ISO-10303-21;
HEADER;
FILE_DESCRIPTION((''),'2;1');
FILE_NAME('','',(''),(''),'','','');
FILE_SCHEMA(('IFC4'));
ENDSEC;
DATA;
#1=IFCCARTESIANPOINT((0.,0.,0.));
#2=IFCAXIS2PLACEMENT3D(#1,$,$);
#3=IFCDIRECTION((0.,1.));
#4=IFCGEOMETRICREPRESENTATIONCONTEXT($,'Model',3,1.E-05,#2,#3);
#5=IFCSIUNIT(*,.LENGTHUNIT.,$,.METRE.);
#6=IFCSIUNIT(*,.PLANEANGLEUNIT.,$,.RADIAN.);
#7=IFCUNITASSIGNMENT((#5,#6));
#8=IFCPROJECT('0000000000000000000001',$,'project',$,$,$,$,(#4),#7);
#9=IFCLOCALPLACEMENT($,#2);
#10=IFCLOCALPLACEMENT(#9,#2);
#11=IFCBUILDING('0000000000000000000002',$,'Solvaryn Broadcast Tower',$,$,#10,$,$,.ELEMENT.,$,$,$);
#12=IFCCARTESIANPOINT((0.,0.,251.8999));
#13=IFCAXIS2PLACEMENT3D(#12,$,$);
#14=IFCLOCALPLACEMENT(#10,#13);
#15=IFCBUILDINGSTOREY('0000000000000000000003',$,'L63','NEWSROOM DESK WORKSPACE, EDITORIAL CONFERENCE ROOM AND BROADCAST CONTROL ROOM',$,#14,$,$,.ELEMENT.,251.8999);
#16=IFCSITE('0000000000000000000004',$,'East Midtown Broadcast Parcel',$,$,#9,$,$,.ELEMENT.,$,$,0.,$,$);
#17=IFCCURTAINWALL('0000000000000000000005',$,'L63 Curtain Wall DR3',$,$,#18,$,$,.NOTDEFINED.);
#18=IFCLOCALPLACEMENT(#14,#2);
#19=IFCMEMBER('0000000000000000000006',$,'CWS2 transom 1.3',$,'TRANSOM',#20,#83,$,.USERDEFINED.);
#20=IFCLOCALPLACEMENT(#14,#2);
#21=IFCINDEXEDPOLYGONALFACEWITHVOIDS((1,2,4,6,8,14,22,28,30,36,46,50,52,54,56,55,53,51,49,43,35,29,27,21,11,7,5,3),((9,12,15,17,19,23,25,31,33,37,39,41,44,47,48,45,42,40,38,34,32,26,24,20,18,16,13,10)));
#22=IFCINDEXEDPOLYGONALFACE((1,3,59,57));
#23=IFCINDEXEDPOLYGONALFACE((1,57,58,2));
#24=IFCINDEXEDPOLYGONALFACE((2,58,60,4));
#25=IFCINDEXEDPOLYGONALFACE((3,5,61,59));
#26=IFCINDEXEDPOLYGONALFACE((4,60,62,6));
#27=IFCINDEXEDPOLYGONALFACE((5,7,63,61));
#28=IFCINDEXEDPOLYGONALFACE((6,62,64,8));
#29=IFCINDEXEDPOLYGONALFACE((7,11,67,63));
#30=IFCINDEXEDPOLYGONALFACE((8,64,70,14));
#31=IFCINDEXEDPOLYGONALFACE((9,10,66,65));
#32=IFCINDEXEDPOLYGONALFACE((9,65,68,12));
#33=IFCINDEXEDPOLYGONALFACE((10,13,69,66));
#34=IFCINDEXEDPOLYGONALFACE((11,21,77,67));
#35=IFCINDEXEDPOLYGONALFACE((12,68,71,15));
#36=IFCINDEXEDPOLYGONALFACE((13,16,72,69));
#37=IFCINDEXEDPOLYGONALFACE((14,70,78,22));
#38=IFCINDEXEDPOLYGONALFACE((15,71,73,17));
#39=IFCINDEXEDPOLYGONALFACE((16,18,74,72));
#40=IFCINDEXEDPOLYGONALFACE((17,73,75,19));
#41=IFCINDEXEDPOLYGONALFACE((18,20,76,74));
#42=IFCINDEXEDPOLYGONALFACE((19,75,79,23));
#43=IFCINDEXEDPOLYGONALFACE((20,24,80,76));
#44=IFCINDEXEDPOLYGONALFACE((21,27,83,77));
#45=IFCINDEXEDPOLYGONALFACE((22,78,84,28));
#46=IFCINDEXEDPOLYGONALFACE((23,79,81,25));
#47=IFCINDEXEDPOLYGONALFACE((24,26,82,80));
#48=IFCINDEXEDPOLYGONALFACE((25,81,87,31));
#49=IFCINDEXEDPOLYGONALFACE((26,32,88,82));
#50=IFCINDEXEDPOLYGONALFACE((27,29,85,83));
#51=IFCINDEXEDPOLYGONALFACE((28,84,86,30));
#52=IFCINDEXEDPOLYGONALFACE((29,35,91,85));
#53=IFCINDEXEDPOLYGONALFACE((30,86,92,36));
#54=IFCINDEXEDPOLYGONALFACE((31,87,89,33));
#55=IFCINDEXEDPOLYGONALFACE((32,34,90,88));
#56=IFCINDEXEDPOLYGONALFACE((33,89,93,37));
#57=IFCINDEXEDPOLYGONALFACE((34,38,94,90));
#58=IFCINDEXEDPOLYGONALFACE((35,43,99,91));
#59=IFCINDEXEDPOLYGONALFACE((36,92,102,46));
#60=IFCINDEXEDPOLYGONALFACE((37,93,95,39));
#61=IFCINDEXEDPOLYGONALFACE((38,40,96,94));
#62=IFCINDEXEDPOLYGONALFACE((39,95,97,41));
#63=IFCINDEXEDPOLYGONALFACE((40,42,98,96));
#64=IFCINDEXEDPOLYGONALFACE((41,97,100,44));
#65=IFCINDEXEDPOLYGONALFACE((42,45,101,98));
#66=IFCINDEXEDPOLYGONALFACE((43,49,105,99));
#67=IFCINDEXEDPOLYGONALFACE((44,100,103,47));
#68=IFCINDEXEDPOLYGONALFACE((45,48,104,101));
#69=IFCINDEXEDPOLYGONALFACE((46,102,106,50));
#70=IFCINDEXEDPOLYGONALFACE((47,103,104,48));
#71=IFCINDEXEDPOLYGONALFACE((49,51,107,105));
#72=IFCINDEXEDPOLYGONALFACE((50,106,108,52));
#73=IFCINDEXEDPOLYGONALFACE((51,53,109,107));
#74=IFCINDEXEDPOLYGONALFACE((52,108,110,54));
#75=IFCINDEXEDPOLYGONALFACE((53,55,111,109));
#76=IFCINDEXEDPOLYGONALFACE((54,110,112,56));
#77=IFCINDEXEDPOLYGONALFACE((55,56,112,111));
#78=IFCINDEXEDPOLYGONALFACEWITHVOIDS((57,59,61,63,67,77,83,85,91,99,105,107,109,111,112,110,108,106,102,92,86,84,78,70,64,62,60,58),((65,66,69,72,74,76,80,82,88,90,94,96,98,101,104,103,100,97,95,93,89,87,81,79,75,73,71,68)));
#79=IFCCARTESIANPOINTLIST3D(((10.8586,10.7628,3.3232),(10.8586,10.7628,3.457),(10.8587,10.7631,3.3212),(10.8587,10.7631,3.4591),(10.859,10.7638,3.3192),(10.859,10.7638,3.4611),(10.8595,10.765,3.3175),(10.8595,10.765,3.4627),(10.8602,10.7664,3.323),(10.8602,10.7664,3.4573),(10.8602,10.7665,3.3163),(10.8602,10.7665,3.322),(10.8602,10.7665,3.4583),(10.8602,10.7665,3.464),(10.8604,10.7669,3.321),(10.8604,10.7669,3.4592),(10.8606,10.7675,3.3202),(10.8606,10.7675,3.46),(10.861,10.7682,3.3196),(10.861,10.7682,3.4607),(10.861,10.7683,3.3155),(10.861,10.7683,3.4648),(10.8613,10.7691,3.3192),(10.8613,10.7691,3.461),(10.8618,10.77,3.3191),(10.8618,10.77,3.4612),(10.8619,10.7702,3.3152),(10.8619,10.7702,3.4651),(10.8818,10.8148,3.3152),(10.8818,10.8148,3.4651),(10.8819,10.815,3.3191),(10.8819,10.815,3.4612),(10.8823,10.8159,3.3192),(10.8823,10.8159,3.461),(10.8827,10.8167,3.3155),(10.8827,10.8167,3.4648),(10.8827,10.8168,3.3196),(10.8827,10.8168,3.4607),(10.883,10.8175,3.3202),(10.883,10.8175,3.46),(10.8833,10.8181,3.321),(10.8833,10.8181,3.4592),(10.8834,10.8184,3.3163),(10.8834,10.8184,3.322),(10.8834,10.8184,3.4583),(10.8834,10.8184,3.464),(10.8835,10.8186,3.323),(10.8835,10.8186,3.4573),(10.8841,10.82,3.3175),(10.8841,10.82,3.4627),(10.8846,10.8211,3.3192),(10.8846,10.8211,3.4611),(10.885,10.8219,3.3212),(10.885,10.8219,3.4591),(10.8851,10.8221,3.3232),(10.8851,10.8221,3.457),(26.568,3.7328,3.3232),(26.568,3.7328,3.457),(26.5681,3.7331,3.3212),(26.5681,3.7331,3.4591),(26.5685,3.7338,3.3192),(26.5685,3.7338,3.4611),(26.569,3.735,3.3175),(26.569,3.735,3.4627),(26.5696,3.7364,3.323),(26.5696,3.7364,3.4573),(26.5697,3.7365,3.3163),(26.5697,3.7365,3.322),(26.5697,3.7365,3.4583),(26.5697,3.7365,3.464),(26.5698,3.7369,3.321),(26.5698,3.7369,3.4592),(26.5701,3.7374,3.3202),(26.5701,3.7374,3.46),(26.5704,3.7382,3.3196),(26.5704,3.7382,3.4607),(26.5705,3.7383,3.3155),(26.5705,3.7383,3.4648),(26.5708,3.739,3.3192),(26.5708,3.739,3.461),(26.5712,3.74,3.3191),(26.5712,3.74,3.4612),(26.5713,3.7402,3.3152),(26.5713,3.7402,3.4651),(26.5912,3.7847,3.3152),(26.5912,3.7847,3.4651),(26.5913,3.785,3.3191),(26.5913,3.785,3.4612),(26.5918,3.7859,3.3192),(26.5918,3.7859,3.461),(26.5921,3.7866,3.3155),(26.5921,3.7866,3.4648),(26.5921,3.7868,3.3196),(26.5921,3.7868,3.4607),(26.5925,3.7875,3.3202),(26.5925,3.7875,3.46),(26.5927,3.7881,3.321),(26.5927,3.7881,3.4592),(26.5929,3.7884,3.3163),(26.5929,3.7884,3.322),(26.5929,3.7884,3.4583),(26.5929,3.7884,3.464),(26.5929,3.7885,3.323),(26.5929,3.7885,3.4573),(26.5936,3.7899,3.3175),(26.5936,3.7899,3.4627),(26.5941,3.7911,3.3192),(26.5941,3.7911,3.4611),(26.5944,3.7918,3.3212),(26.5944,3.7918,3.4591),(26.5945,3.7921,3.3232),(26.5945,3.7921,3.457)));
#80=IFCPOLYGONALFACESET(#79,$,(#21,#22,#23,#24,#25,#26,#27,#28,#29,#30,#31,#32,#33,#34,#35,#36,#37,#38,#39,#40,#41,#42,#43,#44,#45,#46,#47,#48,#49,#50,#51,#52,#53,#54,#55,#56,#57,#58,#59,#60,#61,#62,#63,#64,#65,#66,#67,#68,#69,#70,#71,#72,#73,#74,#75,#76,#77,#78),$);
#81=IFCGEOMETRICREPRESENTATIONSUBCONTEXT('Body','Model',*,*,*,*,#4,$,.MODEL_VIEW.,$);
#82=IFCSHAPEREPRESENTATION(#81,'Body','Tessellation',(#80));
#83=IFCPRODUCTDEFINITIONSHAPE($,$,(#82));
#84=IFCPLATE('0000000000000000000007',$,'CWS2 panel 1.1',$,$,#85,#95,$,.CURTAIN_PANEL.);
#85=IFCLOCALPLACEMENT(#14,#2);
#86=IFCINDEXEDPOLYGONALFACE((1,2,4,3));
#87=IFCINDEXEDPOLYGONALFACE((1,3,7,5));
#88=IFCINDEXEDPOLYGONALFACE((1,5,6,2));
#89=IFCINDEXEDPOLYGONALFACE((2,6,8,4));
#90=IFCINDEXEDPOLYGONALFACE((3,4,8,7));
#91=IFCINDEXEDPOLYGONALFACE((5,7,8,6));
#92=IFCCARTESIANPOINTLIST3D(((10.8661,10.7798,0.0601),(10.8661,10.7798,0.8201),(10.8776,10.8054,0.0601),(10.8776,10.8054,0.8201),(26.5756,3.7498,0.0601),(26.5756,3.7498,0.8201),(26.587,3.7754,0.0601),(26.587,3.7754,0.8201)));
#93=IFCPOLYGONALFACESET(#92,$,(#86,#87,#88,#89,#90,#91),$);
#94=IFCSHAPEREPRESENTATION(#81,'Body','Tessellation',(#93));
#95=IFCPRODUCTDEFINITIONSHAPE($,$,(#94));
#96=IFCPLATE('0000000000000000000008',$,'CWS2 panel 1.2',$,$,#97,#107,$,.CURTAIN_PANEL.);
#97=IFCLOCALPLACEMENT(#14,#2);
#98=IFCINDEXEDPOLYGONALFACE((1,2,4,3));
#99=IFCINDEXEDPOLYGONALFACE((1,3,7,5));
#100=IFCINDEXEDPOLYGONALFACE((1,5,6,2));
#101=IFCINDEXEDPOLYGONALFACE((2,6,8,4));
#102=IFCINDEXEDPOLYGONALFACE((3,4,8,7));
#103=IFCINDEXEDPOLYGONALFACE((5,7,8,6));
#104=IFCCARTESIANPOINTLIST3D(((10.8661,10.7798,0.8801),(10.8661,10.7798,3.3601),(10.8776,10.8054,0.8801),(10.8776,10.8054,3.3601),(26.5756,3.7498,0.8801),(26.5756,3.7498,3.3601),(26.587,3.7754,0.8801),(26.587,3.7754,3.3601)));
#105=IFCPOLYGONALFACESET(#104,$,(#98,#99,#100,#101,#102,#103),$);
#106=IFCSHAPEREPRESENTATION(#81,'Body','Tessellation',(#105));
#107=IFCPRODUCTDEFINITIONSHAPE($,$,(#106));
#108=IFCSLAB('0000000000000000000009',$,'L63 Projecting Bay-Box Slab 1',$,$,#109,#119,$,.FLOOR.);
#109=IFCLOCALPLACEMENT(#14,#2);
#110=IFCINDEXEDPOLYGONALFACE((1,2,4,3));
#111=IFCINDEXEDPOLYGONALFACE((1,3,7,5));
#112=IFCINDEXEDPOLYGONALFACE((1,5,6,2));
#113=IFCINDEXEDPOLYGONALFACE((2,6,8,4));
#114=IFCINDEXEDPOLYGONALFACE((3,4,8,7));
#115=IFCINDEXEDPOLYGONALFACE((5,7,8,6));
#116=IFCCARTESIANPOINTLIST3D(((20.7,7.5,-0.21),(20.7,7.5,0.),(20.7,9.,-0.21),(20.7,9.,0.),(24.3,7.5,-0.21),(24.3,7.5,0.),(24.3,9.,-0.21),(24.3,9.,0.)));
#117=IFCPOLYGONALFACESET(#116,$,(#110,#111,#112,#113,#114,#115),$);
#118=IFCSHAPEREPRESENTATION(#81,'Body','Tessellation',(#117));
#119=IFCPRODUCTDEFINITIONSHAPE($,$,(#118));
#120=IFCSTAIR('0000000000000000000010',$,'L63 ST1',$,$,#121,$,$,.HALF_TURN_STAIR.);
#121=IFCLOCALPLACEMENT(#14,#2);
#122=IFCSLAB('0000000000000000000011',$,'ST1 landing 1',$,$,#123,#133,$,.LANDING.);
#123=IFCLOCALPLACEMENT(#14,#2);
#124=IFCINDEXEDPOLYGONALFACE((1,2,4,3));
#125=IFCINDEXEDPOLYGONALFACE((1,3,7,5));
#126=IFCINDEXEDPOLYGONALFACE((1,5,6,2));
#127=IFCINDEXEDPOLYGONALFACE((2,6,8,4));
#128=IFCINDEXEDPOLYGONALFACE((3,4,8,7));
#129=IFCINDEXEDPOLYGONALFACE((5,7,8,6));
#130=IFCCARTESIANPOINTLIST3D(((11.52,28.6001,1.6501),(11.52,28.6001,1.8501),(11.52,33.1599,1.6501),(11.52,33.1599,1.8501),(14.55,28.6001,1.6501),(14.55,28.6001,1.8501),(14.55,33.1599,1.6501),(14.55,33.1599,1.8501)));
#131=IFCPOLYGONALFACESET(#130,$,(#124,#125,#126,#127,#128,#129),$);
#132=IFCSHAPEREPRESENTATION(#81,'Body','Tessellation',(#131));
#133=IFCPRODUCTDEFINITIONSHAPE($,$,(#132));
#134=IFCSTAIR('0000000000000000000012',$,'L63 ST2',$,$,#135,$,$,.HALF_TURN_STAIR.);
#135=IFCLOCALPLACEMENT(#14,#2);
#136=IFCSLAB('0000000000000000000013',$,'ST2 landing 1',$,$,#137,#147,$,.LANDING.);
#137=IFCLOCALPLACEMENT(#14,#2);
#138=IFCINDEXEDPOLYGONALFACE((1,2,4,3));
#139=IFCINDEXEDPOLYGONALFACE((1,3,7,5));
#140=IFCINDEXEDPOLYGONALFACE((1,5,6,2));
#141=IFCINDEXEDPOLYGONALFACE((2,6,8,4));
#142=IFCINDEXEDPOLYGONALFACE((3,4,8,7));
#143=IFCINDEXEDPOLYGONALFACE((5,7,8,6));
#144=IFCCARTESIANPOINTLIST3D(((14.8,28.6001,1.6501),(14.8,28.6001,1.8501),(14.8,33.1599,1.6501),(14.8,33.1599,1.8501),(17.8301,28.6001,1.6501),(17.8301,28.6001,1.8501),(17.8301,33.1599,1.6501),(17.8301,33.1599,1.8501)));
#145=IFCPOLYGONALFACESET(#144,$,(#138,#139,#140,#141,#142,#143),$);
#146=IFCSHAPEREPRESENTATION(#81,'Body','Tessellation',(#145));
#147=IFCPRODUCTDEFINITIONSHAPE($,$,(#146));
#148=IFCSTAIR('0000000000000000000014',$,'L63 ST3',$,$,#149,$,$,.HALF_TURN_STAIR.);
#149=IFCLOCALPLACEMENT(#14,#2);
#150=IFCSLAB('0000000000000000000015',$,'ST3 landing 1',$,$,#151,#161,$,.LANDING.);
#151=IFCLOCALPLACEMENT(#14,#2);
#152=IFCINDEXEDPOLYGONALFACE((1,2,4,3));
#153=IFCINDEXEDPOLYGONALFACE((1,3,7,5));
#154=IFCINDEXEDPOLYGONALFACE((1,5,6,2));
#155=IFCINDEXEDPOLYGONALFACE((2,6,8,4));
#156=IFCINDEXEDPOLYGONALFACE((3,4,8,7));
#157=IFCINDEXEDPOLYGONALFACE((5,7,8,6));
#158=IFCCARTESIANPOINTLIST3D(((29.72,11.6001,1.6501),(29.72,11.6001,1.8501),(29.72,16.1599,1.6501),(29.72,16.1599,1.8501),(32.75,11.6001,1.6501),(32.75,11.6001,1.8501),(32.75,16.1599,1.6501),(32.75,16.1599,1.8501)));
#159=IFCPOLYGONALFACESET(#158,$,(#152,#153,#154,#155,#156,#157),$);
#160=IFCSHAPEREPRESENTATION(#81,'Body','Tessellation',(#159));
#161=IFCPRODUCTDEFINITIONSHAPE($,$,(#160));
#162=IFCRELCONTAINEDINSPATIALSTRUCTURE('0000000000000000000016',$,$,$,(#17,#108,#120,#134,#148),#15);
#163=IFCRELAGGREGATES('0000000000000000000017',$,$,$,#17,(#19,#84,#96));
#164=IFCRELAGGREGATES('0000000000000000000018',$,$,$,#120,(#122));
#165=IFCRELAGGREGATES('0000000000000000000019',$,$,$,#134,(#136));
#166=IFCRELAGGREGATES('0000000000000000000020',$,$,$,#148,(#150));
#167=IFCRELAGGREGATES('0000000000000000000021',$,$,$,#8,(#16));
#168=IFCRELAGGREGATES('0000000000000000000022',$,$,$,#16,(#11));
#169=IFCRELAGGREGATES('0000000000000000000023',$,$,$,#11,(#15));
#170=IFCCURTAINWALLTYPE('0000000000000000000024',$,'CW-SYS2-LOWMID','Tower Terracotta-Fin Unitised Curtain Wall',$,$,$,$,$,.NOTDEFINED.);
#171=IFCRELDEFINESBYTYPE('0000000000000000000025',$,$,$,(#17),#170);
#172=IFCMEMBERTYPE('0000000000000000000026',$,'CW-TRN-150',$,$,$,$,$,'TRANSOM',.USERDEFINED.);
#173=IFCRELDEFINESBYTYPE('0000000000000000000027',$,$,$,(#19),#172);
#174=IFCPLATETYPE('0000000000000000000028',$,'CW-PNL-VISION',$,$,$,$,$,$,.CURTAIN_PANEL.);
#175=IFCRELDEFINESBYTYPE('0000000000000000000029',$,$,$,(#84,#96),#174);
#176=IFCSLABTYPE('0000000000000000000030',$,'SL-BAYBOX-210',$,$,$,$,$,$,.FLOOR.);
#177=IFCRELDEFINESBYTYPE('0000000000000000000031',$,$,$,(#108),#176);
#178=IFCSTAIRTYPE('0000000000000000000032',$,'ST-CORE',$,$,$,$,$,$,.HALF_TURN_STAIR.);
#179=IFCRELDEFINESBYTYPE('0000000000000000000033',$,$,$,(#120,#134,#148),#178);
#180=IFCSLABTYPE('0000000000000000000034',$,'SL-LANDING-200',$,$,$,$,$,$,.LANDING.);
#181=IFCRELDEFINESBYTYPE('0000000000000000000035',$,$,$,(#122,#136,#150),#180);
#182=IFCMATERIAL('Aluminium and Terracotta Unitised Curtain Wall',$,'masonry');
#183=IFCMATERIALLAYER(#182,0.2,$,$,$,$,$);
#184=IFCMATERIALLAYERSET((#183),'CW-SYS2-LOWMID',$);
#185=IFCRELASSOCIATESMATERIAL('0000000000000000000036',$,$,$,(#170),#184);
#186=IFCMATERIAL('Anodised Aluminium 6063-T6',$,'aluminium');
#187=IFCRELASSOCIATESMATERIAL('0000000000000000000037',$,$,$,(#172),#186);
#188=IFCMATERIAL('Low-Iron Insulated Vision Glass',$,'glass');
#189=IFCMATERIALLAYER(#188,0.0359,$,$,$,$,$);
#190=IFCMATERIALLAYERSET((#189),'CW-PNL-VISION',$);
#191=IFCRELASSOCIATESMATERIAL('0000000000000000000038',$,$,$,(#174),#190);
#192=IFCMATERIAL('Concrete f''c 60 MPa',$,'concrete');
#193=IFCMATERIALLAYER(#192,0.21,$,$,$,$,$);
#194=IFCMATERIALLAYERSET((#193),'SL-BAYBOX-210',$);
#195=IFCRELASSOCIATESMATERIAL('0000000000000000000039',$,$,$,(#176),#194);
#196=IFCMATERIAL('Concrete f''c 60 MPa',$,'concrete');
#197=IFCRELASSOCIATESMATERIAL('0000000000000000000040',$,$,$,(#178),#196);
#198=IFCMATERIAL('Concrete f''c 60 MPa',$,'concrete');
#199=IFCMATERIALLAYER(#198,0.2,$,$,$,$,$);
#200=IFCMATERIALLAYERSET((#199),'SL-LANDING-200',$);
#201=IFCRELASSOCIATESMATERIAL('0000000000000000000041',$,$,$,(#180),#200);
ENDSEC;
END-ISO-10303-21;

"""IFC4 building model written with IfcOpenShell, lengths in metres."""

from ifc_helpers import new_model, si_unit, direction, frame, origin, origin_2d, place, context, subcontext, project, spatial, polyline, rectangle, hollow_rectangle, outline, extrude, material, layer, layer_set, material_profile, profile_set, type_object, element, aggregate, save


model = new_model("IFC4")

# Units and contexts
model_context = context("Model", 3, precision=1e-05, world=origin(), true_north=direction((0.0, 1.0)))
body_context = subcontext(model_context, "Body", "Model", "MODEL_VIEW")
ifc_project = project(units=[si_unit("LENGTHUNIT", "METRE"), si_unit("PLANEANGLEUNIT", "RADIAN")], contexts=[model_context])

# Site, building, storey
site_placement = place(None, origin())
site = spatial("IfcSite", under=ifc_project, at=site_placement, Name="East Midtown Broadcast Parcel", CompositionType="ELEMENT", RefElevation=0.0)
building_placement = place(site_placement, origin())
building = spatial("IfcBuilding", under=site, at=building_placement, Name="Solvaryn Broadcast Tower", CompositionType="ELEMENT")
storey_placement = place(building_placement, frame((0.0, 0.0, 251.8999)))
storey = spatial("IfcBuildingStorey", under=building, at=storey_placement, Name="L63", Description="NEWSROOM DESK WORKSPACE, EDITORIAL CONFERENCE ROOM AND BROADCAST CONTROL ROOM", CompositionType="ELEMENT", Elevation=251.8999)

# Shared definitions
ifc_material_1 = material(Name="Aluminium and Terracotta Unitised Curtain Wall", Category="masonry")
ifc_layer_1 = layer(ifc_material_1, 0.2)
ifc_layer_set_1 = layer_set([ifc_layer_1], Name="CW-SYS2-LOWMID")
curtain_wall_type = type_object("IfcCurtainWallType", Name="CW-SYS2-LOWMID", Description="Tower Terracotta-Fin Unitised Curtain Wall", PredefinedType="NOTDEFINED", material=ifc_layer_set_1)

# Curtain wall, member, plates
curtain_wall_1_placement = place(storey_placement, origin())
curtain_wall_1 = element("IfcCurtainWall", 1, at=curtain_wall_1_placement, inside=storey, type_object=curtain_wall_type, Name="L63 Curtain Wall DR3", PredefinedType="NOTDEFINED")
ifc_material_2 = material(Name="Anodised Aluminium 6063-T6", Category="aluminium")
ifc_material_profile_1 = material_profile(ifc_material_2, hollow_rectangle(XDim=0.0649, YDim=0.1499, WallThickness=0.0039, InnerFilletRadius=0.0039, OuterFilletRadius=0.0081, at=origin_2d()))
ifc_profile_set_1 = profile_set([ifc_material_profile_1], Name="Anodised Aluminium 6063-T6")
member_type_1 = type_object("IfcMemberType", Name="CW-TRN-150", ElementType="TRANSOM", PredefinedType="USERDEFINED", material=ifc_profile_set_1)
member_1_placement = place(storey_placement, frame((10.8718, 10.7925, 3.3901), z_axis=(0.912773, -0.408468, 0.0), x_axis=(0.408468, 0.912773, 0.0)))
member_1 = element("IfcMember", 2, at=member_1_placement, type_object=member_type_1, Name="CWS2 transom 1.3", ObjectType="TRANSOM", PredefinedType="USERDEFINED", context=body_context, shape_type="SweptSolid", body=[
    extrude(hollow_rectangle(XDim=0.0649, YDim=0.1499, WallThickness=0.0039, InnerFilletRadius=0.0039, OuterFilletRadius=0.0081, at=origin_2d()), origin(), (0.0, 0.0, 1.0), 17.2107),
])
ifc_material_3 = material(Name="Low-Iron Insulated Vision Glass", Category="glass")
ifc_layer_2 = layer(ifc_material_3, 0.0359)
ifc_layer_set_2 = layer_set([ifc_layer_2], Name="CW-PNL-VISION")
plate_type = type_object("IfcPlateType", Name="CW-PNL-VISION", PredefinedType="CURTAIN_PANEL", material=ifc_layer_set_2)
plate_1_placement = place(storey_placement, frame((18.7266, 7.2776, 0.0601), z_axis=(0.0, 0.0, 1.0), x_axis=(0.912774, -0.408466, 0.0)))
plate_1 = element("IfcPlate", 3, at=plate_1_placement, type_object=plate_type, Name="CWS2 panel 1.1", PredefinedType="CURTAIN_PANEL", context=body_context, shape_type="SweptSolid", body=[
    extrude(rectangle(XDim=17.2107, YDim=0.0281, at=origin_2d()), origin(), (0.0, 0.0, 1.0), 0.76),
])
plate_2_placement = place(storey_placement, frame((18.7266, 7.2776, 0.8801), z_axis=(0.0, 0.0, 1.0), x_axis=(0.912774, -0.408466, 0.0)))
plate_2 = element("IfcPlate", 4, at=plate_2_placement, type_object=plate_type, Name="CWS2 panel 1.2", PredefinedType="CURTAIN_PANEL", context=body_context, shape_type="SweptSolid", body=[
    extrude(rectangle(XDim=17.2107, YDim=0.0281, at=origin_2d()), origin(), (0.0, 0.0, 1.0), 2.48),
])
aggregate(curtain_wall_1, [member_1, plate_1, plate_2])

# Slab
ifc_material_4 = material(Name="Concrete f'c 60 MPa", Category="concrete")
ifc_layer_3 = layer(ifc_material_4, 0.21)
ifc_layer_set_3 = layer_set([ifc_layer_3], Name="SL-BAYBOX-210")
slab_type_1 = type_object("IfcSlabType", Name="SL-BAYBOX-210", PredefinedType="FLOOR", material=ifc_layer_set_3)
slab_1_placement = place(storey_placement, frame((0.0, 0.0, -0.21)))
element("IfcSlab", 5, at=slab_1_placement, inside=storey, type_object=slab_type_1, Name="L63 Projecting Bay-Box Slab 1", PredefinedType="FLOOR", context=body_context, shape_type="SweptSolid", body=[
    extrude(outline(polyline([(20.7, 7.5), (24.3, 7.5), (24.3, 9.0), (20.7, 9.0), (20.7, 7.5)])), origin(), (0.0, 0.0, 1.0), 0.21),
])

# Stairs, slabs
ifc_material_5 = material(Name="Concrete f'c 60 MPa", Category="concrete")
stair_type = type_object("IfcStairType", Name="ST-CORE", PredefinedType="HALF_TURN_STAIR", material=ifc_material_5)
stair_1_placement = place(storey_placement, origin())
stair_1 = element("IfcStair", 6, at=stair_1_placement, inside=storey, type_object=stair_type, Name="L63 ST1", PredefinedType="HALF_TURN_STAIR")
ifc_material_6 = material(Name="Concrete f'c 60 MPa", Category="concrete")
ifc_layer_4 = layer(ifc_material_6, 0.2)
ifc_layer_set_4 = layer_set([ifc_layer_4], Name="SL-LANDING-200")
slab_type_2 = type_object("IfcSlabType", Name="SL-LANDING-200", PredefinedType="LANDING", material=ifc_layer_set_4)
slab_2_placement = place(storey_placement, frame((0.0, 0.0, 1.6501)))
slab_2 = element("IfcSlab", 7, at=slab_2_placement, type_object=slab_type_2, Name="ST1 landing 1", PredefinedType="LANDING", context=body_context, shape_type="SweptSolid", body=[
    extrude(outline(polyline([(11.52, 33.1599), (11.52, 28.6001), (14.55, 28.6001), (14.55, 33.1599), (11.52, 33.1599)])), origin(), (0.0, 0.0, 1.0), 0.2),
])
aggregate(stair_1, [slab_2])
stair_2_placement = place(storey_placement, origin())
stair_2 = element("IfcStair", 8, at=stair_2_placement, inside=storey, type_object=stair_type, Name="L63 ST2", PredefinedType="HALF_TURN_STAIR")
slab_3_placement = place(storey_placement, frame((0.0, 0.0, 1.6501)))
slab_3 = element("IfcSlab", 9, at=slab_3_placement, type_object=slab_type_2, Name="ST2 landing 1", PredefinedType="LANDING", context=body_context, shape_type="SweptSolid", body=[
    extrude(outline(polyline([(14.8, 33.1599), (14.8, 28.6001), (17.8301, 28.6001), (17.8301, 33.1599), (14.8, 33.1599)])), origin(), (0.0, 0.0, 1.0), 0.2),
])
aggregate(stair_2, [slab_3])
stair_3_placement = place(storey_placement, origin())
stair_3 = element("IfcStair", 10, at=stair_3_placement, inside=storey, type_object=stair_type, Name="L63 ST3", PredefinedType="HALF_TURN_STAIR")
slab_4_placement = place(storey_placement, frame((0.0, 0.0, 1.6501)))
slab_4 = element("IfcSlab", 11, at=slab_4_placement, type_object=slab_type_2, Name="ST3 landing 1", PredefinedType="LANDING", context=body_context, shape_type="SweptSolid", body=[
    extrude(outline(polyline([(29.72, 16.1599), (29.72, 11.6001), (32.75, 11.6001), (32.75, 16.1599), (29.72, 16.1599)])), origin(), (0.0, 0.0, 1.0), 0.2),
])
aggregate(stair_3, [slab_4])

save(model, "model.ifc")
